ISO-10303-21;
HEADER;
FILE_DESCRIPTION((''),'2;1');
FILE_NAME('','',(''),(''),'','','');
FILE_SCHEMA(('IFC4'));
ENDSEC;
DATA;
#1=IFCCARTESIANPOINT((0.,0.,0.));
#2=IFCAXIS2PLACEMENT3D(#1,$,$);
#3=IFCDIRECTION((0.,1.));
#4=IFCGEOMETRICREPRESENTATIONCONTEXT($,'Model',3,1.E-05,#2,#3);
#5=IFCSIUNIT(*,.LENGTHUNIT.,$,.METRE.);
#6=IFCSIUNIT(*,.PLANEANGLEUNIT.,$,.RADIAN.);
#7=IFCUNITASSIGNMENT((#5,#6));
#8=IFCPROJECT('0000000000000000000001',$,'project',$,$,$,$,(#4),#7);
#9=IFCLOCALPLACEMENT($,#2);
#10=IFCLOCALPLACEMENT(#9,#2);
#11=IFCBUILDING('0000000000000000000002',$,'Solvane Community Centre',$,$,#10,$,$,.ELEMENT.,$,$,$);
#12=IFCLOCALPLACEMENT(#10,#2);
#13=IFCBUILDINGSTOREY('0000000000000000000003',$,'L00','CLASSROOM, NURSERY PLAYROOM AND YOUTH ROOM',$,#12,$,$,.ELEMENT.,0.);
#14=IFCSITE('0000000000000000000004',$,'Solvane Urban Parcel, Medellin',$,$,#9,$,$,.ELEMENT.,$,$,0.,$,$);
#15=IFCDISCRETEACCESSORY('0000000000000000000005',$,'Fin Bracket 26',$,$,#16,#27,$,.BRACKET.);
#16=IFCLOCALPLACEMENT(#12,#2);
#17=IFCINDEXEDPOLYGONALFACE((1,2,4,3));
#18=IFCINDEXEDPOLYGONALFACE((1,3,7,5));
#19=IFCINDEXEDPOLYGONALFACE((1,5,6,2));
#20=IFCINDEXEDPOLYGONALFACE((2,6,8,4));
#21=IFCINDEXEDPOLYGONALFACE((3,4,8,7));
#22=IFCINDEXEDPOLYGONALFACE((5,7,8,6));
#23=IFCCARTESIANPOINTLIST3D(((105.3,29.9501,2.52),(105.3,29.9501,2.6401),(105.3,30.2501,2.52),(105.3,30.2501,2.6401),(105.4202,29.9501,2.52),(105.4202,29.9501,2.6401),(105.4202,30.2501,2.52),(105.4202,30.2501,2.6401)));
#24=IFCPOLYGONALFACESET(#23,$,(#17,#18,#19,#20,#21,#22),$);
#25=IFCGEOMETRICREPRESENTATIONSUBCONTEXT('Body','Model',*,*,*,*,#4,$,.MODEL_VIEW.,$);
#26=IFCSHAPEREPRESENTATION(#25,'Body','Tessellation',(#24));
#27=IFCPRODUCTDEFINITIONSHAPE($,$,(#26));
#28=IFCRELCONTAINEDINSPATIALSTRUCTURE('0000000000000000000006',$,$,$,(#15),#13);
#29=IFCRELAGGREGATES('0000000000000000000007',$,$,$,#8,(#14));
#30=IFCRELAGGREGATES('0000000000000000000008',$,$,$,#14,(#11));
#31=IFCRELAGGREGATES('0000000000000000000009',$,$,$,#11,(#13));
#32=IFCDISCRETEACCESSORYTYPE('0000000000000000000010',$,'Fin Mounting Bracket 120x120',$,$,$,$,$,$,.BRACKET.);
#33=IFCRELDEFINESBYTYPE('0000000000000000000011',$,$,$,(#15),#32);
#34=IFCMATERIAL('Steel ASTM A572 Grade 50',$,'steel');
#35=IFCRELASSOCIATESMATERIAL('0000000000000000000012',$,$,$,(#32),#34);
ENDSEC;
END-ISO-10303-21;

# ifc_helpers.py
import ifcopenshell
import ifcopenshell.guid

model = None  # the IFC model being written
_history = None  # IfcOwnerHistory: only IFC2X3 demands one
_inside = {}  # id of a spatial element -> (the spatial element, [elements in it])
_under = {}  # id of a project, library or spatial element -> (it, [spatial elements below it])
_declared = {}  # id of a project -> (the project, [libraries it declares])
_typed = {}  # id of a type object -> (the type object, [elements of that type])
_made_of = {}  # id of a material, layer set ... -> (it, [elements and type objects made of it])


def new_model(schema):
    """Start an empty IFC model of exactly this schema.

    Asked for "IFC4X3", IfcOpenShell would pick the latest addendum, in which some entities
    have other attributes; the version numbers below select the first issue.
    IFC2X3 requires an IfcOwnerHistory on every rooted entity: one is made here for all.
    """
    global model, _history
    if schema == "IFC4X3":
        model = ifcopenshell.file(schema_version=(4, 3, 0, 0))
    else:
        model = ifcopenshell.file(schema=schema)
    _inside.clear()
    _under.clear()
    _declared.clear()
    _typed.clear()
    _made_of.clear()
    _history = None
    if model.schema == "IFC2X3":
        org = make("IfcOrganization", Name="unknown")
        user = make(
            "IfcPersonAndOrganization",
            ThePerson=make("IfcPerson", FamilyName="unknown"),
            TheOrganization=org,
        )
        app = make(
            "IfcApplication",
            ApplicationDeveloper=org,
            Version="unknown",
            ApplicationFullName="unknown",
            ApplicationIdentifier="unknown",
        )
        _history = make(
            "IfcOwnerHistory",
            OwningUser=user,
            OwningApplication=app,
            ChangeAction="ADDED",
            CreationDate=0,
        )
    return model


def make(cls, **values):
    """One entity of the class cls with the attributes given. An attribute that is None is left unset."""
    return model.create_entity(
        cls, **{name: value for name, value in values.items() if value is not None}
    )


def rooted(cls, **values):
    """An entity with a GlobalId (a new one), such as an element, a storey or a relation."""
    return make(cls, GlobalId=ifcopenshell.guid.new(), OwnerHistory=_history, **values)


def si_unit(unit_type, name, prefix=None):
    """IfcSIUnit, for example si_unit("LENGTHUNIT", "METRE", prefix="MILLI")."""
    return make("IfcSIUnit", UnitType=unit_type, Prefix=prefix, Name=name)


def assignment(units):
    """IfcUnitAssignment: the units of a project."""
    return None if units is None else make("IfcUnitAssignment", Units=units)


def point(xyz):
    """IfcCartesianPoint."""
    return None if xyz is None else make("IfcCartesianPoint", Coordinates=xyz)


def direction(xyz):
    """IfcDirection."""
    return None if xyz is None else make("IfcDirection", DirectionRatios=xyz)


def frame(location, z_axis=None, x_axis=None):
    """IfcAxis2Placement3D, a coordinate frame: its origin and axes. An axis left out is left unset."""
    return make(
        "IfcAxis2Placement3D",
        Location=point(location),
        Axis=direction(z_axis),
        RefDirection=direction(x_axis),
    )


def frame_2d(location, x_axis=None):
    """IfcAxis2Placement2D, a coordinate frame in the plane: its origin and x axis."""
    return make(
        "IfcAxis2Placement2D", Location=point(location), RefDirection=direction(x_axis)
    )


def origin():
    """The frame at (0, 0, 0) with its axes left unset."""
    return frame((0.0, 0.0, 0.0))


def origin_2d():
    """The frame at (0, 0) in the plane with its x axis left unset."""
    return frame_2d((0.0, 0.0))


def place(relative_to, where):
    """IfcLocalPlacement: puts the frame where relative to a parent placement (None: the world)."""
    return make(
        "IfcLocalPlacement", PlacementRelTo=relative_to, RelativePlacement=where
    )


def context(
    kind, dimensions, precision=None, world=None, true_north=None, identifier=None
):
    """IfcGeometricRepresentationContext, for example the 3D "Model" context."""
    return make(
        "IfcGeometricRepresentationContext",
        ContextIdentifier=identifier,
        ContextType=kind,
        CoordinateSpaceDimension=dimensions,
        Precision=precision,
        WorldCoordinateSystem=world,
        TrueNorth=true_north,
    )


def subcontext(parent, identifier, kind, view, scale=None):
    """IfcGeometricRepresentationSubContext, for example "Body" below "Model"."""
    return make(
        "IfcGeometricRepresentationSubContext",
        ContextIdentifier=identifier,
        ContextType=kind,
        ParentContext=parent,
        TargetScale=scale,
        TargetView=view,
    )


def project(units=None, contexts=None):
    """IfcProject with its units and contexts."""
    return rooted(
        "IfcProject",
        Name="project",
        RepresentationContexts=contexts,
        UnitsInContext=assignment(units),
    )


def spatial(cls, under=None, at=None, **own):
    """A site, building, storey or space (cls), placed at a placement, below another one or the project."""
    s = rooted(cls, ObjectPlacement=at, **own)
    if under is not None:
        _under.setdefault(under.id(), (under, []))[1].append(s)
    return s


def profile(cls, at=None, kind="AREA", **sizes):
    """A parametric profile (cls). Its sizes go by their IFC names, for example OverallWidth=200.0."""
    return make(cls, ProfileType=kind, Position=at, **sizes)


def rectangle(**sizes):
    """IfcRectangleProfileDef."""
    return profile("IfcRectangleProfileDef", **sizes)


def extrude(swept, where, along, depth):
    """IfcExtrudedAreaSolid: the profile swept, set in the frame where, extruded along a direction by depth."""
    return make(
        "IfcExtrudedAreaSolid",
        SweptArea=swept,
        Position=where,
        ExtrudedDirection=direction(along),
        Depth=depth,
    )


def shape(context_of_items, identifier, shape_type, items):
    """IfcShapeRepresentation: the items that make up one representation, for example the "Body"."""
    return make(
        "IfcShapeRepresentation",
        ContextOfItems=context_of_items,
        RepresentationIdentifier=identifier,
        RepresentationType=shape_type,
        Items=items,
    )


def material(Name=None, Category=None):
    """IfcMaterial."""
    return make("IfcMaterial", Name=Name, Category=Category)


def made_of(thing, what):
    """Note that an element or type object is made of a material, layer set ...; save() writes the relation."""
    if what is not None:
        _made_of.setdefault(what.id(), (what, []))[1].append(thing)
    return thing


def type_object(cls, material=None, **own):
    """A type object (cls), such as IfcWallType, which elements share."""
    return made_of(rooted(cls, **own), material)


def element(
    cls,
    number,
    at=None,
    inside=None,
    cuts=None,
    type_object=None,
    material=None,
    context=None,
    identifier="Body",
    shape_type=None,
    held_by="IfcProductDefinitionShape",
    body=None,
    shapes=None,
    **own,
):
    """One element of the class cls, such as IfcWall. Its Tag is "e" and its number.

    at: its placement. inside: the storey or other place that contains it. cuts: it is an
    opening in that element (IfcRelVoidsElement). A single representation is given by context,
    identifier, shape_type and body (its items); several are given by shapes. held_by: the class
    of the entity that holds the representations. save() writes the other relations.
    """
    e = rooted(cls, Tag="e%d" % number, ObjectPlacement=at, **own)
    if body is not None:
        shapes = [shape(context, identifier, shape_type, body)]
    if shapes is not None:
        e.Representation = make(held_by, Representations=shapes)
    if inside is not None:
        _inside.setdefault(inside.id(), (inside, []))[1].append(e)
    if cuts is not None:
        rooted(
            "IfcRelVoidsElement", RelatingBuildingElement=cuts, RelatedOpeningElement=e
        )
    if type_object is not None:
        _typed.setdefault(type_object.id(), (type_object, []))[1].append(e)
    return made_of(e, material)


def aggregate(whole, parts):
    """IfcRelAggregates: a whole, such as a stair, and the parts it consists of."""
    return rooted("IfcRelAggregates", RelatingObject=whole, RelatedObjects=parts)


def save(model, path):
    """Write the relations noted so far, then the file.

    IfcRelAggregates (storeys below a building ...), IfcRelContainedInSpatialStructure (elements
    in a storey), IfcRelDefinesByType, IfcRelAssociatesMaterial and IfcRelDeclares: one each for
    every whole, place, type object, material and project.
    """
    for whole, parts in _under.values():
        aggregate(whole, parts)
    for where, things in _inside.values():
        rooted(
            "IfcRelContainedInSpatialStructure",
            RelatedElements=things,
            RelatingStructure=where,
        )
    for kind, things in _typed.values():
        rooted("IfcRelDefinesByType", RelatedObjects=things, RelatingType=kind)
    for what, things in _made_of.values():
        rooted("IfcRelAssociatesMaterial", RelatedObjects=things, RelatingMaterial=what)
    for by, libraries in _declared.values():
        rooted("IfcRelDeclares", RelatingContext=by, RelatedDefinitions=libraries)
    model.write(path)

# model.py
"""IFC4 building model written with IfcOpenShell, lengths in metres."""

from ifc_helpers import new_model, si_unit, direction, frame, origin, origin_2d, place, context, subcontext, project, spatial, rectangle, extrude, material, type_object, element, save


model = new_model("IFC4")

# Units and contexts
model_context = context("Model", 3, precision=1e-05, world=origin(), true_north=direction((0.0, 1.0)))
body_context = subcontext(model_context, "Body", "Model", "MODEL_VIEW")
ifc_project = project(units=[si_unit("LENGTHUNIT", "METRE"), si_unit("PLANEANGLEUNIT", "RADIAN")], contexts=[model_context])

# Site, building, storey
site_placement = place(None, origin())
site = spatial("IfcSite", under=ifc_project, at=site_placement, Name="Solvane Urban Parcel, Medellin", CompositionType="ELEMENT", RefElevation=0.0)
building_placement = place(site_placement, origin())
building = spatial("IfcBuilding", under=site, at=building_placement, Name="Solvane Community Centre", CompositionType="ELEMENT")
storey_placement = place(building_placement, origin())
storey = spatial("IfcBuildingStorey", under=building, at=storey_placement, Name="L00", Description="CLASSROOM, NURSERY PLAYROOM AND YOUTH ROOM", CompositionType="ELEMENT", Elevation=0.0)

# Discrete accessory
ifc_material_1 = material(Name="Steel ASTM A572 Grade 50", Category="steel")
discrete_accessory_type = type_object("IfcDiscreteAccessoryType", Name="Fin Mounting Bracket 120x120", PredefinedType="BRACKET", material=ifc_material_1)
discrete_accessory_placement = place(storey_placement, frame((105.3601, 30.1001, 2.52), z_axis=(0.0, 0.0, 1.0), x_axis=(1.0, 0.0, 0.0)))
element("IfcDiscreteAccessory", 1, at=discrete_accessory_placement, inside=storey, type_object=discrete_accessory_type, Name="Fin Bracket 26", PredefinedType="BRACKET", context=body_context, shape_type="SweptSolid", body=[
    extrude(rectangle(XDim=0.1201, YDim=0.3, at=origin_2d()), origin(), (0.0, 0.0, 1.0), 0.1201),
])

save(model, "model.ifc")
